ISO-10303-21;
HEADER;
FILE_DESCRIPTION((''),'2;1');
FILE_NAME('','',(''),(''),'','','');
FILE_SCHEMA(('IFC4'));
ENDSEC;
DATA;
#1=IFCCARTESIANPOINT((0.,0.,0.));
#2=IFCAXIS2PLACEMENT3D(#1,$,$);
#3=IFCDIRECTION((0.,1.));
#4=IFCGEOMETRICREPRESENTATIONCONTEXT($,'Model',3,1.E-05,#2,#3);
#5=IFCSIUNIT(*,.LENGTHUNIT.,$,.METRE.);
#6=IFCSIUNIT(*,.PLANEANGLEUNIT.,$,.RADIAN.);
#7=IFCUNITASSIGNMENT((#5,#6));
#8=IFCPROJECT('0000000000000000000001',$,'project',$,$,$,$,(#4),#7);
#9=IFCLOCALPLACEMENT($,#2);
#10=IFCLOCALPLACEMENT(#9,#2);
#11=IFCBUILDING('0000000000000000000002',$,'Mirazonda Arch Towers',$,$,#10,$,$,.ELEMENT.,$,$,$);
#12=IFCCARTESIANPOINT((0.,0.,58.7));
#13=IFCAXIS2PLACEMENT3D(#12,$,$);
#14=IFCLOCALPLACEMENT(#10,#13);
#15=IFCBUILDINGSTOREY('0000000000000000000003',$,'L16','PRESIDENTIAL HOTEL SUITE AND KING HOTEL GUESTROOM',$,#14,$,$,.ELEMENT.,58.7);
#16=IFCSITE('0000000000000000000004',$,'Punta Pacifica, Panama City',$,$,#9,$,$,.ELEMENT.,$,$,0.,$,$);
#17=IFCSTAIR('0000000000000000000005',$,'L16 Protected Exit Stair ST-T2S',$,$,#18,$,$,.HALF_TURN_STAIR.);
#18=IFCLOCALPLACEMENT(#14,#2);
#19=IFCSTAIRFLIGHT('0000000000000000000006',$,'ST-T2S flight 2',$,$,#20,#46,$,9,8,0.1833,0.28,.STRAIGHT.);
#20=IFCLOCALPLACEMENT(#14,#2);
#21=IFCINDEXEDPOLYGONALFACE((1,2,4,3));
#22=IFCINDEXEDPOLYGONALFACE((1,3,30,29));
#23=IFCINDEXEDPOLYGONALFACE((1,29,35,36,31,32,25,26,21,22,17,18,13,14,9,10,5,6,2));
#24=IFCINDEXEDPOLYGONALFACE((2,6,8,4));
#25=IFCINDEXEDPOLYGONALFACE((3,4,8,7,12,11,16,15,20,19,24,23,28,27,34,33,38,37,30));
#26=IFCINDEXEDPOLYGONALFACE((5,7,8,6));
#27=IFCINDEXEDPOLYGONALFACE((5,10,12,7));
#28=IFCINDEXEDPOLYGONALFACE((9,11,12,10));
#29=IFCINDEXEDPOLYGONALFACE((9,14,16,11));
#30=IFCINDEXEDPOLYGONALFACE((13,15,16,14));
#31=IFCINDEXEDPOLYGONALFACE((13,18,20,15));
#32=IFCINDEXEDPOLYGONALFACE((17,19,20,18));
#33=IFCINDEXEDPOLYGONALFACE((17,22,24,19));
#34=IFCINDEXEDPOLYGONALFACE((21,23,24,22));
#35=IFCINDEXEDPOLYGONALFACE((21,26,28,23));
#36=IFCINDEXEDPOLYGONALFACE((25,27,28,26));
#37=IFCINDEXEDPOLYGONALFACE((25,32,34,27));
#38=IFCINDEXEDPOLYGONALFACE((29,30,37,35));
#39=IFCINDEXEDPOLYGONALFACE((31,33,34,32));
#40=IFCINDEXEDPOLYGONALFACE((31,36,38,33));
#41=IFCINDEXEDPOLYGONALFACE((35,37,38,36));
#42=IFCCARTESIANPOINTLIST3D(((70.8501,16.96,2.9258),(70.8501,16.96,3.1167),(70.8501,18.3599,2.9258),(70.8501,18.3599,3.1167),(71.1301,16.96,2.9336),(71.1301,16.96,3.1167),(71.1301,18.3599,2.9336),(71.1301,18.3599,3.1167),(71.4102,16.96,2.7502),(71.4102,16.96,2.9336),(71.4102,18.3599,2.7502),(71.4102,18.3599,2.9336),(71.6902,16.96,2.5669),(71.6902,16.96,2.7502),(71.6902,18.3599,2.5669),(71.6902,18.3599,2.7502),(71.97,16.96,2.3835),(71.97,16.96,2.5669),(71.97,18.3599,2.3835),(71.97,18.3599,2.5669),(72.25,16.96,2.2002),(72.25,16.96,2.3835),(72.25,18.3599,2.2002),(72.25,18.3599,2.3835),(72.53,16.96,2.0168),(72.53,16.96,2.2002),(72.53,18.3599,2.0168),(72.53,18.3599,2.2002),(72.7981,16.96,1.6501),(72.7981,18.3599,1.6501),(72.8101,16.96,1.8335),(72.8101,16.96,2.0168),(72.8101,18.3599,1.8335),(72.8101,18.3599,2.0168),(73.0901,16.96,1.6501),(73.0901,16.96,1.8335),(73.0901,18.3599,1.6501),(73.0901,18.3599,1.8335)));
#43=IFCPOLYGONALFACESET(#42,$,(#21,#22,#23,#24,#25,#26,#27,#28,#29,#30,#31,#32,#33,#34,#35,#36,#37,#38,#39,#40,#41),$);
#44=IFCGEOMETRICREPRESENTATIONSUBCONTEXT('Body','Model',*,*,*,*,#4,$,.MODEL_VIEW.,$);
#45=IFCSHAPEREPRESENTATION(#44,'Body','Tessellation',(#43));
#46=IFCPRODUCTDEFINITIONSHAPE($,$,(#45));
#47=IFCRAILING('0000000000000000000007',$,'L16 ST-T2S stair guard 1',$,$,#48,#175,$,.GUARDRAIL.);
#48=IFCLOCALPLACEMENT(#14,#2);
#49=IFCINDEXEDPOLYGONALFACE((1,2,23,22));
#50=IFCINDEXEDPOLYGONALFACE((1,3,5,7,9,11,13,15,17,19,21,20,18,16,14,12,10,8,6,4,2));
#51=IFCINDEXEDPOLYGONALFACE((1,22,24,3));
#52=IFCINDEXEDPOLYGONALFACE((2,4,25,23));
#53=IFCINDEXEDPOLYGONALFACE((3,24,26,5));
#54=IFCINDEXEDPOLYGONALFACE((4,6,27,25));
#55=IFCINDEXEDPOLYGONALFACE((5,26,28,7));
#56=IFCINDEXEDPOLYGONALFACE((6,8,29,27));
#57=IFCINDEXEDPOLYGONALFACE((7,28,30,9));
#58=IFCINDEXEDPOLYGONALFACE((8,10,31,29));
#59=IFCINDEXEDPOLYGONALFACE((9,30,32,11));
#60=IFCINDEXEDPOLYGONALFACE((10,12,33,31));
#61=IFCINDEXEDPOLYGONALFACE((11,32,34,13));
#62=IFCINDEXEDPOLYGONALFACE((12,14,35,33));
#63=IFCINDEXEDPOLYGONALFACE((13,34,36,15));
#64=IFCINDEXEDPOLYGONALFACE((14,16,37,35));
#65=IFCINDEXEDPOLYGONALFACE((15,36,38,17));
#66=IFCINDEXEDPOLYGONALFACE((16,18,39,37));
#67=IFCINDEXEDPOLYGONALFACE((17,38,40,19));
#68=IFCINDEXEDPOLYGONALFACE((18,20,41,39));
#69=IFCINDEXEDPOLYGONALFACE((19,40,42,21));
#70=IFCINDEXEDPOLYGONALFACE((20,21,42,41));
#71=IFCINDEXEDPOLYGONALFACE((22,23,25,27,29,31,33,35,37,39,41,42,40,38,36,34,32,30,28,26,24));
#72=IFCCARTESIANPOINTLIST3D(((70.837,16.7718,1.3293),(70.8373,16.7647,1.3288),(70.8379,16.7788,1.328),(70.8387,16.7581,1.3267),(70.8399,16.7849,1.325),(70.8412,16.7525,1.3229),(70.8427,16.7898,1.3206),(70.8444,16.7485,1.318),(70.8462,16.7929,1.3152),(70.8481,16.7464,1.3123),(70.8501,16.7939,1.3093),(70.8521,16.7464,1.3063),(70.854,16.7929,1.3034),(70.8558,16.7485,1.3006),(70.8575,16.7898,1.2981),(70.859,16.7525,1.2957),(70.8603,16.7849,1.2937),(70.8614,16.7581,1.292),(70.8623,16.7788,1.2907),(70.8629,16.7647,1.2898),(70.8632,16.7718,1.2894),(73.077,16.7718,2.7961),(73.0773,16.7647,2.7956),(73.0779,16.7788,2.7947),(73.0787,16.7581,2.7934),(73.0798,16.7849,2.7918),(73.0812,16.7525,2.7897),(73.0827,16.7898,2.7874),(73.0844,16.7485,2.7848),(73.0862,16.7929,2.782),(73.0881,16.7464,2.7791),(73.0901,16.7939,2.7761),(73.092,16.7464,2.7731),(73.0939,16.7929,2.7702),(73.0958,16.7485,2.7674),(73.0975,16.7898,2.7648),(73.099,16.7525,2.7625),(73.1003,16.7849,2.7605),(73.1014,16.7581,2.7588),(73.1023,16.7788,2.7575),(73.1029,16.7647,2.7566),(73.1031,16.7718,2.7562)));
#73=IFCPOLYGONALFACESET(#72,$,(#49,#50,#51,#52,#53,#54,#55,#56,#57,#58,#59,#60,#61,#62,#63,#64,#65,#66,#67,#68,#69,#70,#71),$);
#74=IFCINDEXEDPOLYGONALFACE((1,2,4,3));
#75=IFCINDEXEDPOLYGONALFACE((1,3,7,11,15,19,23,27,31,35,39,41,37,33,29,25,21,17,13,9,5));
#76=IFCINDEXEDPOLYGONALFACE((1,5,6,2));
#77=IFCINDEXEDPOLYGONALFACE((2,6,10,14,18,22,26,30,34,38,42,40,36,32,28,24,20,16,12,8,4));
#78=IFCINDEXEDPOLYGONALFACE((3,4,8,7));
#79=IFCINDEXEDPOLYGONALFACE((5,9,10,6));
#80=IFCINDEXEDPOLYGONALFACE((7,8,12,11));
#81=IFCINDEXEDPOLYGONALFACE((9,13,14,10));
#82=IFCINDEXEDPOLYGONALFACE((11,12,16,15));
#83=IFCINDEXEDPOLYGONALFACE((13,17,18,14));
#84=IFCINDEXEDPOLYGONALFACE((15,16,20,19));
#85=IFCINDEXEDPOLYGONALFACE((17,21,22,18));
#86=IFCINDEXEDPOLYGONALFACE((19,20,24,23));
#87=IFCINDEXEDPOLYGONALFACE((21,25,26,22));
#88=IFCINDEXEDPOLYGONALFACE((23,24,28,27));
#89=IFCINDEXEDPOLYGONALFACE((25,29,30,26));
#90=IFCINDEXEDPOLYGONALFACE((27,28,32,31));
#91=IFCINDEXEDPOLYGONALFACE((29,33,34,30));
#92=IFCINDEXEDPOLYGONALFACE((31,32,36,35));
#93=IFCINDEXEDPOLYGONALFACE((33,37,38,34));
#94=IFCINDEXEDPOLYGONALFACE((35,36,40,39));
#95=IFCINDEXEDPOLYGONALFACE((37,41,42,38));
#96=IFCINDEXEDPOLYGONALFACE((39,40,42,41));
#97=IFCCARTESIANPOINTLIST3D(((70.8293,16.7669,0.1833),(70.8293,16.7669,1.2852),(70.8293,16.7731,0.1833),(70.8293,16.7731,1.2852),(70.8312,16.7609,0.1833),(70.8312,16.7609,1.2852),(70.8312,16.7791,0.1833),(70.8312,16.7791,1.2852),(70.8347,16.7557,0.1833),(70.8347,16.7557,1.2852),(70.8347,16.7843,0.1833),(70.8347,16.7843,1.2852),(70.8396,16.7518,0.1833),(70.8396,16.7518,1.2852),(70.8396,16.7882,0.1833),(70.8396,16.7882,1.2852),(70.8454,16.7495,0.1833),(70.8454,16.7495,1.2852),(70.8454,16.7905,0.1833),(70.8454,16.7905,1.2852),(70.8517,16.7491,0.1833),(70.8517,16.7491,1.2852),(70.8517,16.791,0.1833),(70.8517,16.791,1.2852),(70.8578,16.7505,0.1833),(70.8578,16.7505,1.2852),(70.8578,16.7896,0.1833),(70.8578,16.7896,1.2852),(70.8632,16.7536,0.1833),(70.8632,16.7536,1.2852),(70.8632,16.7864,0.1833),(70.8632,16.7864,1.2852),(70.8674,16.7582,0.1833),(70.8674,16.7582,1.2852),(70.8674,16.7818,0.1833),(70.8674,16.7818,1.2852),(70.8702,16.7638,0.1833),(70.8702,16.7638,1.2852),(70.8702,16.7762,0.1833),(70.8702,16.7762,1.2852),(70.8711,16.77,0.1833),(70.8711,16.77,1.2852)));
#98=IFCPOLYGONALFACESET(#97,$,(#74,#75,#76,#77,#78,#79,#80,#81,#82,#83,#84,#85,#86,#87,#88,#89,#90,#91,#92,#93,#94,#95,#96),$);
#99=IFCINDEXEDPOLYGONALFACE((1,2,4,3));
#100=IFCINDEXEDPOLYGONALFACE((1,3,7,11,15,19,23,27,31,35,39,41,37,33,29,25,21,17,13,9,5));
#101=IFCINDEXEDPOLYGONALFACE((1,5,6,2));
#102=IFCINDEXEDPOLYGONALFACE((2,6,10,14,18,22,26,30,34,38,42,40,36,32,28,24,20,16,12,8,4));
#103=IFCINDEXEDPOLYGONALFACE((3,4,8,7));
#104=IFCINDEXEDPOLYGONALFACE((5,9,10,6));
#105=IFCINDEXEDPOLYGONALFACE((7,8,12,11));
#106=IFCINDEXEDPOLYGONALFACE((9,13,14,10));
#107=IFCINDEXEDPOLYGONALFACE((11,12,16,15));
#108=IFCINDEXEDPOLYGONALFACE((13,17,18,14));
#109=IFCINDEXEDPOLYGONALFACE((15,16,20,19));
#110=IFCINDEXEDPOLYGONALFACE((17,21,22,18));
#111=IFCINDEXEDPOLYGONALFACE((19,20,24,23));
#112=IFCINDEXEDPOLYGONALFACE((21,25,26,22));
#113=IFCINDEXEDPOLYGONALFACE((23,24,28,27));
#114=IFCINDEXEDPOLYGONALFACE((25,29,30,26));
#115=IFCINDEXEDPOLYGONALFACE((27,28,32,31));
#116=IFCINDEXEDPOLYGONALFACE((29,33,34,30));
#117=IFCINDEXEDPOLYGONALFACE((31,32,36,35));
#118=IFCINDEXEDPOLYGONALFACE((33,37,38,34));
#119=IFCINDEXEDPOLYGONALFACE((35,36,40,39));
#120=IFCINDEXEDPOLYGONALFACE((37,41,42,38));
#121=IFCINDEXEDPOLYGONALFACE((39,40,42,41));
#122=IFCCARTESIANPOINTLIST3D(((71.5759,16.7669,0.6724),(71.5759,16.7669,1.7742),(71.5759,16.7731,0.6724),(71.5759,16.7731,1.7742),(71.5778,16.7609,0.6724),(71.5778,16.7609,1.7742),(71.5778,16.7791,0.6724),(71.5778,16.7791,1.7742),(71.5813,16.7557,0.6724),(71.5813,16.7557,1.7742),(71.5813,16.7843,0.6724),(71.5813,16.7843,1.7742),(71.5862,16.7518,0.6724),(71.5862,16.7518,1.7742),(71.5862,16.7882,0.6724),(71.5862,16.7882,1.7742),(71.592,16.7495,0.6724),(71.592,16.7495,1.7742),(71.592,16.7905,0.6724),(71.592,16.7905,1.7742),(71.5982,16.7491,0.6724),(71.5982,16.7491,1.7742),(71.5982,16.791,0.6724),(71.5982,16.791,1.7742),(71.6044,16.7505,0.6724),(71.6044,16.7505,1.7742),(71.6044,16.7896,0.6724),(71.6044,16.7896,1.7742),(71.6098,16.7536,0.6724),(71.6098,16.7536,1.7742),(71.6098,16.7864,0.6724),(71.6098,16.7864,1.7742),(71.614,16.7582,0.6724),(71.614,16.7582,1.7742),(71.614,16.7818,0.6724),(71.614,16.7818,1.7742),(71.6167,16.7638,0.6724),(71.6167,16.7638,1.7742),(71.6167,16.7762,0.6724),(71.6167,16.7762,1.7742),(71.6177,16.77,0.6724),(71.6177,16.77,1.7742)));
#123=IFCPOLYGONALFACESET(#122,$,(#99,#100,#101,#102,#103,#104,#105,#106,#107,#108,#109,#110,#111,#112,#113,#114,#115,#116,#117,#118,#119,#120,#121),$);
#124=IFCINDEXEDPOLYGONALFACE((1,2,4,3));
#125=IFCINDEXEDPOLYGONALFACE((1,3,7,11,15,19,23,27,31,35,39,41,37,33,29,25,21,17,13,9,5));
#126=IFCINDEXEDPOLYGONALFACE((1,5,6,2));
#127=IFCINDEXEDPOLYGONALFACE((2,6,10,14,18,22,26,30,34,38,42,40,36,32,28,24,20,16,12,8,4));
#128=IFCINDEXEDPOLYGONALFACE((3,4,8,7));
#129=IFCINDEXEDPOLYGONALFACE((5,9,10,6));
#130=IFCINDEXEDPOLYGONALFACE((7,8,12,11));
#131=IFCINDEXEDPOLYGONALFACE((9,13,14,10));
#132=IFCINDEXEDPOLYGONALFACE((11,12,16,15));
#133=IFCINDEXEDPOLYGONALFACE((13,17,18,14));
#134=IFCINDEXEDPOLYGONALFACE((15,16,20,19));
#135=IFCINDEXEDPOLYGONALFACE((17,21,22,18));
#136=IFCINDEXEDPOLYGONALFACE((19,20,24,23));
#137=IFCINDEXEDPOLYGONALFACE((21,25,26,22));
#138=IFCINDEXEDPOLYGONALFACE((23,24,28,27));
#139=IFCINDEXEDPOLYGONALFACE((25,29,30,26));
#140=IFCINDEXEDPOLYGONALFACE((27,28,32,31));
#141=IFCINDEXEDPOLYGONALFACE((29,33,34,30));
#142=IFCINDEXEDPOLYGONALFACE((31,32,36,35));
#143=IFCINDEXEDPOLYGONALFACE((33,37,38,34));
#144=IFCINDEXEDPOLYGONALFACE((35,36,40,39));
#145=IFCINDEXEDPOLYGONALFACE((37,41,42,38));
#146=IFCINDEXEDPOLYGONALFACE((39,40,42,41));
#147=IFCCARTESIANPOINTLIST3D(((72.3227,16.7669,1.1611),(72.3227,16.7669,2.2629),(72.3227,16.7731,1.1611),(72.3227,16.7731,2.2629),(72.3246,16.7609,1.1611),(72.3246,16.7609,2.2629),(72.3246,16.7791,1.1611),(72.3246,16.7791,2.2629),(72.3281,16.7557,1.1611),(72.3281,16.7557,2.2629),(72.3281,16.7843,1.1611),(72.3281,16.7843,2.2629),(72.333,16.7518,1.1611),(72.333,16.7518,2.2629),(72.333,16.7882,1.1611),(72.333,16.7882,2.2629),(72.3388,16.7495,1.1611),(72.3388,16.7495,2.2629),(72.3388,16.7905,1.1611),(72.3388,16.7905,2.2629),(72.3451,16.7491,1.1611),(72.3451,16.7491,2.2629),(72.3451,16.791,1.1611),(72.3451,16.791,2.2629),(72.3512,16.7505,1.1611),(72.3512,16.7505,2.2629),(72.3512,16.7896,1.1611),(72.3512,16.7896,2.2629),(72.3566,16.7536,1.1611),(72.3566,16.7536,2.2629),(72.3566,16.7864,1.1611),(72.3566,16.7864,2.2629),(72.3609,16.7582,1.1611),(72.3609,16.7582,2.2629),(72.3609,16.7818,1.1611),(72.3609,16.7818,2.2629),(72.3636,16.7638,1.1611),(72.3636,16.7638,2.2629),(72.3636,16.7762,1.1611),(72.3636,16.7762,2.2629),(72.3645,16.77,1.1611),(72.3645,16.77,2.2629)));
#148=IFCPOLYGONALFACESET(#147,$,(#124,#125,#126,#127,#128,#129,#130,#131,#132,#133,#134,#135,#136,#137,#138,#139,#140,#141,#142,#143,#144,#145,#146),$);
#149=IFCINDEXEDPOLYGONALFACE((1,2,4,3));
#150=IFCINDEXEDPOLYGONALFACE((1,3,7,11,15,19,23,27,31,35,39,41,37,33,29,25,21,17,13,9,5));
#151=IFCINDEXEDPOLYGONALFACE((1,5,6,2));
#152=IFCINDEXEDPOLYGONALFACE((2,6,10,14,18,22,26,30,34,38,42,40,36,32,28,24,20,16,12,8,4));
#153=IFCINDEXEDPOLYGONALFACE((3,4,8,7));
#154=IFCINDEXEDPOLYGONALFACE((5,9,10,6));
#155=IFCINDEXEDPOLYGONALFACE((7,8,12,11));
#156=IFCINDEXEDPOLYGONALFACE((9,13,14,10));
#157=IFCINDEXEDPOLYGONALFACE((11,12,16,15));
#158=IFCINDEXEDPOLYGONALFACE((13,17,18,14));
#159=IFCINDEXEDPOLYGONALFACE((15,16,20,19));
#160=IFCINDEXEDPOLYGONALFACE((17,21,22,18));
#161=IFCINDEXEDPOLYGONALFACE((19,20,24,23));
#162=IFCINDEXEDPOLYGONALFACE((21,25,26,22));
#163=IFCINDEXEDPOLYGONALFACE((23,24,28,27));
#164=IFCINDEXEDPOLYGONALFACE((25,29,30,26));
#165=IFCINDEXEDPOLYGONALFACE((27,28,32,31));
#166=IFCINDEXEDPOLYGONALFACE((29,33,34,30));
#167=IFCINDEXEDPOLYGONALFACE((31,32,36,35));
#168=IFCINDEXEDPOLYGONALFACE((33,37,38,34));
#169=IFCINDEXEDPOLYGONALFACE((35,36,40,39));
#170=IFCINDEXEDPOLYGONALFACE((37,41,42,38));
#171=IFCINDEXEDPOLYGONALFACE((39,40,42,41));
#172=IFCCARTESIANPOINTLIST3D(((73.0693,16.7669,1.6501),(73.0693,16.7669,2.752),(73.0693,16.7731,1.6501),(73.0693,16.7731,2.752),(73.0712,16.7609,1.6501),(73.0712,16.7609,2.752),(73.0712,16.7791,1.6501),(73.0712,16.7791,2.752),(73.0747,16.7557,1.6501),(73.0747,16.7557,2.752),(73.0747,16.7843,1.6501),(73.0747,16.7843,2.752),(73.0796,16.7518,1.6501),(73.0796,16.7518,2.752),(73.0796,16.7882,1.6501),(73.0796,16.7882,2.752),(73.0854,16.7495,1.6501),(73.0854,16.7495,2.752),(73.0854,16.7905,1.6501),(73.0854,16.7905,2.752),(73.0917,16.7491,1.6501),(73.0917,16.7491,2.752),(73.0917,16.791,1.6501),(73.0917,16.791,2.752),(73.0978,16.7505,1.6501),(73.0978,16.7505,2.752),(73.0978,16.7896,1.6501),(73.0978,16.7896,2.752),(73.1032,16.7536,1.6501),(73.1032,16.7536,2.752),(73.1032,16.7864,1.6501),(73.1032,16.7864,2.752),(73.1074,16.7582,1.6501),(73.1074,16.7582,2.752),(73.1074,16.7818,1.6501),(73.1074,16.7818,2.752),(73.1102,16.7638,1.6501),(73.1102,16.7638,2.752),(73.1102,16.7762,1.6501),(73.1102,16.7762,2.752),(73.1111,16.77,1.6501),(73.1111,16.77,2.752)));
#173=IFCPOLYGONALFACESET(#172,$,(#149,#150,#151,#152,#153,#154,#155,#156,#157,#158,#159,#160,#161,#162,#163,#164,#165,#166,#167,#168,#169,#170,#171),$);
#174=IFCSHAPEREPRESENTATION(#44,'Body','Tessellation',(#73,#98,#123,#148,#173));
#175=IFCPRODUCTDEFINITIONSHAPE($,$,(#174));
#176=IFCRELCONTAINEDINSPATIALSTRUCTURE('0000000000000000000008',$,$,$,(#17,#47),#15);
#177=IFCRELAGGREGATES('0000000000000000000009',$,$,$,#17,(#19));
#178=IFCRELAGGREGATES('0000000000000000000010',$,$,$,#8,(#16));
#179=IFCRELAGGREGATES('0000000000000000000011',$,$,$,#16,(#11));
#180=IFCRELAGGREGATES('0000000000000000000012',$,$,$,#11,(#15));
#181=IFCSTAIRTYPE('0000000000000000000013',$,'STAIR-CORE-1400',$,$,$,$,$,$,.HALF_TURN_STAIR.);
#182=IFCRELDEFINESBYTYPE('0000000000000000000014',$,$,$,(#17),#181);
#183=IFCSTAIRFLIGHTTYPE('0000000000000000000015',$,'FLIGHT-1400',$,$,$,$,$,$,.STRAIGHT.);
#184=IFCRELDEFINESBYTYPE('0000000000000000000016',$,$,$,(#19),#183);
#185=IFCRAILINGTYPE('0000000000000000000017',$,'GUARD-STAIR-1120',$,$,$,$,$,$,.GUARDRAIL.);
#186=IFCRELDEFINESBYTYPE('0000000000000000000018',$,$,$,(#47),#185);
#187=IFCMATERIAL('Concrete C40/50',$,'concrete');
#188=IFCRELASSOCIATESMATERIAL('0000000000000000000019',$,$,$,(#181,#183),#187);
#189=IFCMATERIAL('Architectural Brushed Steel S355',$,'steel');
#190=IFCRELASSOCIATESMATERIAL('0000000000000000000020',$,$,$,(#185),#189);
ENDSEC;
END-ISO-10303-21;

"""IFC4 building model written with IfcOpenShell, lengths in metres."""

from ifc_helpers import new_model, si_unit, direction, frame, origin, origin_2d, place, context, subcontext, project, spatial, polyline, circle, outline, extrude, material, type_object, element, aggregate, save


model = new_model("IFC4")

# Units and contexts
model_context = context("Model", 3, precision=1e-05, world=origin(), true_north=direction((0.0, 1.0)))
body_context = subcontext(model_context, "Body", "Model", "MODEL_VIEW")
ifc_project = project(units=[si_unit("LENGTHUNIT", "METRE"), si_unit("PLANEANGLEUNIT", "RADIAN")], contexts=[model_context])

# Site, building, storey
site_placement = place(None, origin())
site = spatial("IfcSite", under=ifc_project, at=site_placement, Name="Punta Pacifica, Panama City", CompositionType="ELEMENT", RefElevation=0.0)
building_placement = place(site_placement, origin())
building = spatial("IfcBuilding", under=site, at=building_placement, Name="Mirazonda Arch Towers", CompositionType="ELEMENT")
storey_placement = place(building_placement, frame((0.0, 0.0, 58.7)))
storey = spatial("IfcBuildingStorey", under=building, at=storey_placement, Name="L16", Description="PRESIDENTIAL HOTEL SUITE AND KING HOTEL GUESTROOM", CompositionType="ELEMENT", Elevation=58.7)

# Shared definitions
ifc_material_1 = material(Name="Concrete C40/50", Category="concrete")

# Stair, stair flight
stair_type = type_object("IfcStairType", Name="STAIR-CORE-1400", PredefinedType="HALF_TURN_STAIR", material=ifc_material_1)
stair_placement = place(storey_placement, origin())
stair = element("IfcStair", 1, at=stair_placement, inside=storey, type_object=stair_type, Name="L16 Protected Exit Stair ST-T2S", PredefinedType="HALF_TURN_STAIR")
stair_flight_type = type_object("IfcStairFlightType", Name="FLIGHT-1400", PredefinedType="STRAIGHT", material=ifc_material_1)
stair_flight_placement = place(storey_placement, frame((73.0901, 17.6599, 1.6501), z_axis=(0.0, 0.0, 1.0), x_axis=(-1.0, 0.0, 0.0)))
stair_flight = element("IfcStairFlight", 2, at=stair_flight_placement, type_object=stair_flight_type, Name="ST-T2S flight 2", NumberOfRisers=9, NumberOfTreads=8, PredefinedType="STRAIGHT", RiserHeight=0.1833, TreadLength=0.28, context=body_context, shape_type="SweptSolid", body=[
    extrude(outline(polyline([(0.0, 0.0), (0.0, 0.1833), (0.28, 0.1833), (0.28, 0.3667), (0.5601, 0.3667), (0.5601, 0.55), (0.8401, 0.55), (0.8401, 0.7334), (1.1201, 0.7334), (1.1201, 0.9167), (1.3999, 0.9167), (1.3999, 1.1001), (1.6799, 1.1001), (1.6799, 1.2834), (1.96, 1.2834), (1.96, 1.4666), (2.24, 1.4666), (2.24, 1.6499), (2.24, 1.2756), (0.292, 0.0), (0.0, 0.0)])), frame((0.0, 0.7, 0.0), z_axis=(0.0, -1.0, 0.0), x_axis=(1.0, 0.0, 0.0)), (0.0, 0.0, 1.0), 1.3999),
])
aggregate(stair, [stair_flight])

# Railing
ifc_material_2 = material(Name="Architectural Brushed Steel S355", Category="steel")
railing_type_1 = type_object("IfcRailingType", Name="GUARD-STAIR-1120", PredefinedType="GUARDRAIL", material=ifc_material_2)
railing_1_placement = place(storey_placement, frame((70.8501, 16.77, 0.1833)))
element("IfcRailing", 3, at=railing_1_placement, inside=storey, type_object=railing_type_1, Name="L16 ST-T2S stair guard 1", PredefinedType="GUARDRAIL", context=body_context, shape_type="SweptSolid", body=[
    extrude(circle(Radius=0.0239, at=origin_2d()), frame((0.0, 0.0, 1.126), z_axis=(0.836595, 0.0, 0.547822), x_axis=(0.0, 1.0, 0.0)), (0.0, 0.0, 1.0), 2.6775),
    extrude(circle(Radius=0.021, at=origin_2d()), origin(), (0.0, 0.0, 1.0), 1.1018),
    extrude(circle(Radius=0.021, at=origin_2d()), frame((0.7466, 0.0, 0.489)), (0.0, 0.0, 1.0), 1.1018),
    extrude(circle(Radius=0.021, at=origin_2d()), frame((1.4934, 0.0, 0.9778)), (0.0, 0.0, 1.0), 1.1018),
    extrude(circle(Radius=0.021, at=origin_2d()), frame((2.24, 0.0, 1.4668)), (0.0, 0.0, 1.0), 1.1018),
])

save(model, "model.ifc")
